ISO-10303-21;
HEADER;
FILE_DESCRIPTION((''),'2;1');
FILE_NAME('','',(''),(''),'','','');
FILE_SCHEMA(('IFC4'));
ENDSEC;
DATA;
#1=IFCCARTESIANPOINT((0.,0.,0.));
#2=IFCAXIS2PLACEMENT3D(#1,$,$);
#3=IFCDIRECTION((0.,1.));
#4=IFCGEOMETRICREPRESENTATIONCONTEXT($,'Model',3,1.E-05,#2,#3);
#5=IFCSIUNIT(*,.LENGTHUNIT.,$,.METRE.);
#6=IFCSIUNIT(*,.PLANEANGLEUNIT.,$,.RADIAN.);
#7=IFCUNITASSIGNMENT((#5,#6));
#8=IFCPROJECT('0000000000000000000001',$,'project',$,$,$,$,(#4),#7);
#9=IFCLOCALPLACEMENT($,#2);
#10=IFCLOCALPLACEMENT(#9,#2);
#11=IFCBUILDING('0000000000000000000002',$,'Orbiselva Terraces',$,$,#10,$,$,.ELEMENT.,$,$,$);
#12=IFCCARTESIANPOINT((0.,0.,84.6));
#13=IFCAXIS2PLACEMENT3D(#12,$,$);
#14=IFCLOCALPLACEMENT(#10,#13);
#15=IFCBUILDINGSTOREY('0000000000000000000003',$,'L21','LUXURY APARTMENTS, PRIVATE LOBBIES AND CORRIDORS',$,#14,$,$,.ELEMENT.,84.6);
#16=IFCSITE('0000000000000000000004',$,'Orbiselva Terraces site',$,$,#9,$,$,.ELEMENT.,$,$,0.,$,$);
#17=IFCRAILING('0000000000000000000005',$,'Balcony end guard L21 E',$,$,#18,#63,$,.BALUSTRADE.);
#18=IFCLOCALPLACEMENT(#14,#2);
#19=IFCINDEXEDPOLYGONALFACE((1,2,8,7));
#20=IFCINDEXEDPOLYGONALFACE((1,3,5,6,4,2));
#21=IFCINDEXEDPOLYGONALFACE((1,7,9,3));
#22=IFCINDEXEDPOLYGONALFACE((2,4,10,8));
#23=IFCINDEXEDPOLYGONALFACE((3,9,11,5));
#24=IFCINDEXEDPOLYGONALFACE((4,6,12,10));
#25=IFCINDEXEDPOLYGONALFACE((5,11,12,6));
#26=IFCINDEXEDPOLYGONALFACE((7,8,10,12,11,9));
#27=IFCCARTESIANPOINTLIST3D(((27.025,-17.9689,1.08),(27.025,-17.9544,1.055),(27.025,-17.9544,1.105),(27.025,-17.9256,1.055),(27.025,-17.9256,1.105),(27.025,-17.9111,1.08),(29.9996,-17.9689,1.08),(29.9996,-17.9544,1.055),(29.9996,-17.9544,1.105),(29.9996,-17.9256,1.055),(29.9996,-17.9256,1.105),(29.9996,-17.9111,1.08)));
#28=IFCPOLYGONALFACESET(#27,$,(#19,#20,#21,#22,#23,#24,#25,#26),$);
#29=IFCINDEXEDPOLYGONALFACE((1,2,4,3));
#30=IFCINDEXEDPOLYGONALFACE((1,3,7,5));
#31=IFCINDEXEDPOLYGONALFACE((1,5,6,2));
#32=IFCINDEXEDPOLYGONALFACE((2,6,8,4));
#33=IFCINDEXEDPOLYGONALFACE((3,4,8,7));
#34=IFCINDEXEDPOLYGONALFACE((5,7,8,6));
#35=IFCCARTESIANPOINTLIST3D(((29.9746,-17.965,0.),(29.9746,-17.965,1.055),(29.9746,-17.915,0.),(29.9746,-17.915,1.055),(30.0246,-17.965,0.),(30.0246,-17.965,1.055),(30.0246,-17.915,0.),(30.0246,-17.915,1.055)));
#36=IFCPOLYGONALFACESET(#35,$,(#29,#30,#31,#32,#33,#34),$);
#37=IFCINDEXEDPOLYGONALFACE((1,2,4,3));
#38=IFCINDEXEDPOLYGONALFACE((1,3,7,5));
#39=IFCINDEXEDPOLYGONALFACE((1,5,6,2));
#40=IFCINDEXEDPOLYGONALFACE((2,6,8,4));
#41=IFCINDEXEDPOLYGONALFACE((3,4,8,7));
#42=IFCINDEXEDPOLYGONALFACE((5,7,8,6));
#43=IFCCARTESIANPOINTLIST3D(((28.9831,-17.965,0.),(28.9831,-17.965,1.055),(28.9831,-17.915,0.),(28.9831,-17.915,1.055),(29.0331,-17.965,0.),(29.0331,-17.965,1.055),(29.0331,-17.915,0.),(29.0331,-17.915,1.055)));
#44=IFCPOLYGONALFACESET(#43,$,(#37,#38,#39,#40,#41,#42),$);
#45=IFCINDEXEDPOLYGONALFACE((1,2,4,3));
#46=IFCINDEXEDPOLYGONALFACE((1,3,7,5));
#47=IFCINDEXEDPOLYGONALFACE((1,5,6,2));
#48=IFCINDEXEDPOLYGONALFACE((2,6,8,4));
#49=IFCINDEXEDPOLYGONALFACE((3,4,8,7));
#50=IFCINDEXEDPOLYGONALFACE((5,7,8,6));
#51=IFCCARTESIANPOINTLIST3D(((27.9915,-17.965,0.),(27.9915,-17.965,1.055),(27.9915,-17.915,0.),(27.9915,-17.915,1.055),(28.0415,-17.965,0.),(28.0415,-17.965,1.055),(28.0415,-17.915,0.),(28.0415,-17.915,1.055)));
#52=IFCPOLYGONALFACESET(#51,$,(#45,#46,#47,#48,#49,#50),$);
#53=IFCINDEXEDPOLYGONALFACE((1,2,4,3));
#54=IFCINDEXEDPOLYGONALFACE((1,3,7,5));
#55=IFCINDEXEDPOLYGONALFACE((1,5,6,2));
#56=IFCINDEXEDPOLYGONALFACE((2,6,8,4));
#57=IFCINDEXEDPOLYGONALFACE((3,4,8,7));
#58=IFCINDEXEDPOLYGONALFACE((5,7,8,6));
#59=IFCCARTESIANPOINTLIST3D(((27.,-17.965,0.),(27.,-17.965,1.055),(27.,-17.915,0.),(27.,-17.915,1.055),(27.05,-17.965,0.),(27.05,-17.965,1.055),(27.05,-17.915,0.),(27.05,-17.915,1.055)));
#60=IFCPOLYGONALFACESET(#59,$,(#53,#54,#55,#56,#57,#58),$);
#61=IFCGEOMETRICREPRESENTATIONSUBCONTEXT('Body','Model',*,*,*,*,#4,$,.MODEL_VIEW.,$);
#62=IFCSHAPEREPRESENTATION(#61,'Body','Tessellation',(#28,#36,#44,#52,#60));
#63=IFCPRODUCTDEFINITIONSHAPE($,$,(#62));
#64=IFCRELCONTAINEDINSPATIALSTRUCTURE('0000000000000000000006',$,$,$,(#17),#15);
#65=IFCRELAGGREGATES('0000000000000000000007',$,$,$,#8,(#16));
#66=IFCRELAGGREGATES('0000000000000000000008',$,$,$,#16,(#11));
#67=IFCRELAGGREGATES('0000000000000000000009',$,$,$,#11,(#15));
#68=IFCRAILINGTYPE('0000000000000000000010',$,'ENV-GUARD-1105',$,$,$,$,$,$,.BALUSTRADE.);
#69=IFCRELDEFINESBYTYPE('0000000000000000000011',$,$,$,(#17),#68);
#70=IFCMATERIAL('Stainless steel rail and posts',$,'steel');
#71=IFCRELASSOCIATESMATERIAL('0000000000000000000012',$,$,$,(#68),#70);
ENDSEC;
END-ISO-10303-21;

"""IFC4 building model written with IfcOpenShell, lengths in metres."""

from ifc_helpers import new_model, si_unit, direction, frame, origin, origin_2d, place, context, subcontext, project, spatial, polyline, rectangle, outline, extrude, material, type_object, element, save


model = new_model("IFC4")

# Units and contexts
model_context = context("Model", 3, precision=1e-05, world=origin(), true_north=direction((0.0, 1.0)))
body_context = subcontext(model_context, "Body", "Model", "MODEL_VIEW")
ifc_project = project(units=[si_unit("LENGTHUNIT", "METRE"), si_unit("PLANEANGLEUNIT", "RADIAN")], contexts=[model_context])

# Site, building, storey
site_placement = place(None, origin())
site = spatial("IfcSite", under=ifc_project, at=site_placement, Name="Orbiselva Terraces site", CompositionType="ELEMENT", RefElevation=0.0)
building_placement = place(site_placement, origin())
building = spatial("IfcBuilding", under=site, at=building_placement, Name="Orbiselva Terraces", CompositionType="ELEMENT")
storey_placement = place(building_placement, frame((0.0, 0.0, 84.6)))
storey = spatial("IfcBuildingStorey", under=building, at=storey_placement, Name="L21", Description="LUXURY APARTMENTS, PRIVATE LOBBIES AND CORRIDORS", CompositionType="ELEMENT", Elevation=84.6)

# Railing
ifc_material_1 = material(Name="Stainless steel rail and posts", Category="steel")
railing_type_1 = type_object("IfcRailingType", Name="ENV-GUARD-1105", PredefinedType="BALUSTRADE", material=ifc_material_1)
railing_1_placement = place(storey_placement, frame((29.9996, -17.94, 0.0)))
element("IfcRailing", 1, at=railing_1_placement, inside=storey, type_object=railing_type_1, Name="Balcony end guard L21 E", PredefinedType="BALUSTRADE", context=body_context, shape_type="SweptSolid", body=[
    extrude(outline(polyline([(0.0289, 0.0), (0.0144, 0.025), (-0.0144, 0.025), (-0.0289, 0.0), (-0.0144, -0.025), (0.0144, -0.025), (0.0289, 0.0)])), frame((0.0, 0.0, 1.08), z_axis=(-1.0, 0.0, 0.0), x_axis=(0.0, -1.0, 0.0)), (0.0, 0.0, 1.0), 2.9746),
    extrude(rectangle(XDim=0.05, YDim=0.05, at=origin_2d()), origin(), (0.0, 0.0, 1.0), 1.055),
    extrude(rectangle(XDim=0.05, YDim=0.05, at=origin_2d()), frame((-0.9915, 0.0, 0.0)), (0.0, 0.0, 1.0), 1.055),
    extrude(rectangle(XDim=0.05, YDim=0.05, at=origin_2d()), frame((-1.9831, 0.0, 0.0)), (0.0, 0.0, 1.0), 1.055),
    extrude(rectangle(XDim=0.05, YDim=0.05, at=origin_2d()), frame((-2.9746, 0.0, 0.0)), (0.0, 0.0, 1.0), 1.055),
])

save(model, "model.ifc")
